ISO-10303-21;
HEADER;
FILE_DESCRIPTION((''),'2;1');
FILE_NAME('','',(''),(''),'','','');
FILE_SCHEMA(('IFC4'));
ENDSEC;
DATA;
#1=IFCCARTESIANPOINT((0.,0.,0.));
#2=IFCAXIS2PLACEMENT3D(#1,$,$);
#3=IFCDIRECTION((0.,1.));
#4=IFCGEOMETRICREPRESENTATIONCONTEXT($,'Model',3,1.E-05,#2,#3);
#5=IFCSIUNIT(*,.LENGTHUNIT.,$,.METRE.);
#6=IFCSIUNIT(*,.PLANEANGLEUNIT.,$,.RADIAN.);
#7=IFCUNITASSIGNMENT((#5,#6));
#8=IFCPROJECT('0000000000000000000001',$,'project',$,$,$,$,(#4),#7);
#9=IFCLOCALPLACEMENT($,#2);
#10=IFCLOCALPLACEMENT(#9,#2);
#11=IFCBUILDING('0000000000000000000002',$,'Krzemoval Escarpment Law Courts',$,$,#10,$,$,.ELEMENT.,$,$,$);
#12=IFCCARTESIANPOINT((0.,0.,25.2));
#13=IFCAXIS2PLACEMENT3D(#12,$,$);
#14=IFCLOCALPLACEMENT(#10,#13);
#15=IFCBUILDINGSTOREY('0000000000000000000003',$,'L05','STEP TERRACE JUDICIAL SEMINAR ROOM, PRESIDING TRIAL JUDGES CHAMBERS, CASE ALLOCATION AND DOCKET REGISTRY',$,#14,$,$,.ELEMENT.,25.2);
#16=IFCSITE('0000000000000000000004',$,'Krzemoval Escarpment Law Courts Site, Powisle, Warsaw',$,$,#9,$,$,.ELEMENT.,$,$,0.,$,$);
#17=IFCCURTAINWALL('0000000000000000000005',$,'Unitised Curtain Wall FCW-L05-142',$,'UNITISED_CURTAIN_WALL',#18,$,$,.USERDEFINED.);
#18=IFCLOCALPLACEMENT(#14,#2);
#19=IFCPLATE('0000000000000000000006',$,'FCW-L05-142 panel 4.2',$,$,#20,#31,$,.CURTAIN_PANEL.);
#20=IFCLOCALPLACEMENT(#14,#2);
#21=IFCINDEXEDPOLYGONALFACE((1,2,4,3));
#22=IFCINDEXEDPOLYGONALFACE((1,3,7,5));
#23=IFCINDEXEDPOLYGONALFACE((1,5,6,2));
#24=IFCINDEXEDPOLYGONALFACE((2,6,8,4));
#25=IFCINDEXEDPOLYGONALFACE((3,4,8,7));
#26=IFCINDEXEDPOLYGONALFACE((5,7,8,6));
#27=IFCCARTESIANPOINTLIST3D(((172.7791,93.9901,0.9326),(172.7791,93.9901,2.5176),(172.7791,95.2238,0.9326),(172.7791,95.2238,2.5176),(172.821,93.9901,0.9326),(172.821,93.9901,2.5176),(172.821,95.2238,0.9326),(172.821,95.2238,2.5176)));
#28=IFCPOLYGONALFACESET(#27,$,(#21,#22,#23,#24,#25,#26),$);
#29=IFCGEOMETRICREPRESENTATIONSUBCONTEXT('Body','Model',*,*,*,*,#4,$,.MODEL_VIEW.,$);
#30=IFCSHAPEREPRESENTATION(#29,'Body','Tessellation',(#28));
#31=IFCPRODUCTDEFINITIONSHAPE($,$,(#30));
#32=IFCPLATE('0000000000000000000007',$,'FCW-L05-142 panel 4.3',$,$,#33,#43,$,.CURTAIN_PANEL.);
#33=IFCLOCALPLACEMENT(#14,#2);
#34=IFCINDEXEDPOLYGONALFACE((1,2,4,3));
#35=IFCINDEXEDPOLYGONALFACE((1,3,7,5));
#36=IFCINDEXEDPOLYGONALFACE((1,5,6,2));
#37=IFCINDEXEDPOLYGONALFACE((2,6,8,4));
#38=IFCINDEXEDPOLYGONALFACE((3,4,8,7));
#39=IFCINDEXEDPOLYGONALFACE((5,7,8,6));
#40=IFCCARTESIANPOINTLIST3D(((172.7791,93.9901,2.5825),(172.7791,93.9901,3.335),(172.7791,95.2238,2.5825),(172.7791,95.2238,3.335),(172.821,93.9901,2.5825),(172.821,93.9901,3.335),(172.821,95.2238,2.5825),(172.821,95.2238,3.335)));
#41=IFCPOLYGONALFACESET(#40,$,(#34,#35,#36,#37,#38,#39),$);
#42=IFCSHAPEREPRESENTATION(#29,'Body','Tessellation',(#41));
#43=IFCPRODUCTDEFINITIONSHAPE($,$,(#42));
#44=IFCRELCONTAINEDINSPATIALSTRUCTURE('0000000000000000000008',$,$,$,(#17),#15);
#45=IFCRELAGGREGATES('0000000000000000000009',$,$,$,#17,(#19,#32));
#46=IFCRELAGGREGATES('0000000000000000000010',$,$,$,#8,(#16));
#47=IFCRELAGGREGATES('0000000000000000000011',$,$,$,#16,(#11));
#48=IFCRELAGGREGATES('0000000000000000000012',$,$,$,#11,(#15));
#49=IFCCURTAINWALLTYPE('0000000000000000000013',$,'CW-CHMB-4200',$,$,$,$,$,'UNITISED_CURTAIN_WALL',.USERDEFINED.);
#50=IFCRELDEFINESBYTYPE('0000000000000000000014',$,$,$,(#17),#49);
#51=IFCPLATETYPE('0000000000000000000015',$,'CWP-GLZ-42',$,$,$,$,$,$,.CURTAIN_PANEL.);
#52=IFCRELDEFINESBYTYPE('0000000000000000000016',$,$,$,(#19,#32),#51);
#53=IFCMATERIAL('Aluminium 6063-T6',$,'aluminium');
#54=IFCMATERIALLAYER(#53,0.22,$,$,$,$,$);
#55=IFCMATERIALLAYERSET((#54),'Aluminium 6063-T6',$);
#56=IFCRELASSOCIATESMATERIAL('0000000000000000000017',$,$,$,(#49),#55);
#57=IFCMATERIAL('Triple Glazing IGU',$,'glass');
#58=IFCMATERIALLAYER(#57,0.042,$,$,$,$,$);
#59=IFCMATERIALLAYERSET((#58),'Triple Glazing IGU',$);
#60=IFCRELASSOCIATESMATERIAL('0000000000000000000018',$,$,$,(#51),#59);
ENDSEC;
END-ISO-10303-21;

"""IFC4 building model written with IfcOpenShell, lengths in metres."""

from ifc_helpers import new_model, si_unit, direction, frame, origin, origin_2d, place, context, subcontext, project, spatial, rectangle, extrude, material, layer, layer_set, type_object, element, aggregate, save


model = new_model("IFC4")

# Units and contexts
model_context = context("Model", 3, precision=1e-05, world=origin(), true_north=direction((0.0, 1.0)))
body_context = subcontext(model_context, "Body", "Model", "MODEL_VIEW")
ifc_project = project(units=[si_unit("LENGTHUNIT", "METRE"), si_unit("PLANEANGLEUNIT", "RADIAN")], contexts=[model_context])

# Site, building, storey
site_placement = place(None, origin())
site = spatial("IfcSite", under=ifc_project, at=site_placement, Name="Krzemoval Escarpment Law Courts Site, Powisle, Warsaw", CompositionType="ELEMENT", RefElevation=0.0)
building_placement = place(site_placement, origin())
building = spatial("IfcBuilding", under=site, at=building_placement, Name="Krzemoval Escarpment Law Courts", CompositionType="ELEMENT")
storey_placement = place(building_placement, frame((0.0, 0.0, 25.2)))
storey = spatial("IfcBuildingStorey", under=building, at=storey_placement, Name="L05", Description="STEP TERRACE JUDICIAL SEMINAR ROOM, PRESIDING TRIAL JUDGES CHAMBERS, CASE ALLOCATION AND DOCKET REGISTRY", CompositionType="ELEMENT", Elevation=25.2)

# Curtain wall
ifc_material_1 = material(Name="Aluminium 6063-T6", Category="aluminium")
ifc_layer_1 = layer(ifc_material_1, 0.22)
ifc_layer_set_1 = layer_set([ifc_layer_1], Name="Aluminium 6063-T6")
curtain_wall_type = type_object("IfcCurtainWallType", Name="CW-CHMB-4200", ElementType="UNITISED_CURTAIN_WALL", PredefinedType="USERDEFINED", material=ifc_layer_set_1)
curtain_wall_1_placement = place(storey_placement, origin())
curtain_wall_1 = element("IfcCurtainWall", 1, at=curtain_wall_1_placement, inside=storey, type_object=curtain_wall_type, Name="Unitised Curtain Wall FCW-L05-142", ObjectType="UNITISED_CURTAIN_WALL", PredefinedType="USERDEFINED")

# Plates
ifc_material_2 = material(Name="Triple Glazing IGU", Category="glass")
ifc_layer_2 = layer(ifc_material_2, 0.042)
ifc_layer_set_2 = layer_set([ifc_layer_2], Name="Triple Glazing IGU")
plate_type = type_object("IfcPlateType", Name="CWP-GLZ-42", PredefinedType="CURTAIN_PANEL", material=ifc_layer_set_2)
plate_1_placement = place(storey_placement, frame((172.8, 94.6069, 0.9326), z_axis=(0.0, 0.0, 1.0), x_axis=(0.0, -1.0, 0.0)))
plate_1 = element("IfcPlate", 2, at=plate_1_placement, type_object=plate_type, Name="FCW-L05-142 panel 4.2", PredefinedType="CURTAIN_PANEL", context=body_context, shape_type="SweptSolid", body=[
    extrude(rectangle(XDim=1.2336, YDim=0.042, at=origin_2d()), origin(), (0.0, 0.0, 1.0), 1.585),
])
plate_2_placement = place(storey_placement, frame((172.8, 94.6069, 2.5825), z_axis=(0.0, 0.0, 1.0), x_axis=(0.0, -1.0, 0.0)))
plate_2 = element("IfcPlate", 3, at=plate_2_placement, type_object=plate_type, Name="FCW-L05-142 panel 4.3", PredefinedType="CURTAIN_PANEL", context=body_context, shape_type="SweptSolid", body=[
    extrude(rectangle(XDim=1.2336, YDim=0.042, at=origin_2d()), origin(), (0.0, 0.0, 1.0), 0.7524),
])
aggregate(curtain_wall_1, [plate_1, plate_2])

save(model, "model.ifc")
